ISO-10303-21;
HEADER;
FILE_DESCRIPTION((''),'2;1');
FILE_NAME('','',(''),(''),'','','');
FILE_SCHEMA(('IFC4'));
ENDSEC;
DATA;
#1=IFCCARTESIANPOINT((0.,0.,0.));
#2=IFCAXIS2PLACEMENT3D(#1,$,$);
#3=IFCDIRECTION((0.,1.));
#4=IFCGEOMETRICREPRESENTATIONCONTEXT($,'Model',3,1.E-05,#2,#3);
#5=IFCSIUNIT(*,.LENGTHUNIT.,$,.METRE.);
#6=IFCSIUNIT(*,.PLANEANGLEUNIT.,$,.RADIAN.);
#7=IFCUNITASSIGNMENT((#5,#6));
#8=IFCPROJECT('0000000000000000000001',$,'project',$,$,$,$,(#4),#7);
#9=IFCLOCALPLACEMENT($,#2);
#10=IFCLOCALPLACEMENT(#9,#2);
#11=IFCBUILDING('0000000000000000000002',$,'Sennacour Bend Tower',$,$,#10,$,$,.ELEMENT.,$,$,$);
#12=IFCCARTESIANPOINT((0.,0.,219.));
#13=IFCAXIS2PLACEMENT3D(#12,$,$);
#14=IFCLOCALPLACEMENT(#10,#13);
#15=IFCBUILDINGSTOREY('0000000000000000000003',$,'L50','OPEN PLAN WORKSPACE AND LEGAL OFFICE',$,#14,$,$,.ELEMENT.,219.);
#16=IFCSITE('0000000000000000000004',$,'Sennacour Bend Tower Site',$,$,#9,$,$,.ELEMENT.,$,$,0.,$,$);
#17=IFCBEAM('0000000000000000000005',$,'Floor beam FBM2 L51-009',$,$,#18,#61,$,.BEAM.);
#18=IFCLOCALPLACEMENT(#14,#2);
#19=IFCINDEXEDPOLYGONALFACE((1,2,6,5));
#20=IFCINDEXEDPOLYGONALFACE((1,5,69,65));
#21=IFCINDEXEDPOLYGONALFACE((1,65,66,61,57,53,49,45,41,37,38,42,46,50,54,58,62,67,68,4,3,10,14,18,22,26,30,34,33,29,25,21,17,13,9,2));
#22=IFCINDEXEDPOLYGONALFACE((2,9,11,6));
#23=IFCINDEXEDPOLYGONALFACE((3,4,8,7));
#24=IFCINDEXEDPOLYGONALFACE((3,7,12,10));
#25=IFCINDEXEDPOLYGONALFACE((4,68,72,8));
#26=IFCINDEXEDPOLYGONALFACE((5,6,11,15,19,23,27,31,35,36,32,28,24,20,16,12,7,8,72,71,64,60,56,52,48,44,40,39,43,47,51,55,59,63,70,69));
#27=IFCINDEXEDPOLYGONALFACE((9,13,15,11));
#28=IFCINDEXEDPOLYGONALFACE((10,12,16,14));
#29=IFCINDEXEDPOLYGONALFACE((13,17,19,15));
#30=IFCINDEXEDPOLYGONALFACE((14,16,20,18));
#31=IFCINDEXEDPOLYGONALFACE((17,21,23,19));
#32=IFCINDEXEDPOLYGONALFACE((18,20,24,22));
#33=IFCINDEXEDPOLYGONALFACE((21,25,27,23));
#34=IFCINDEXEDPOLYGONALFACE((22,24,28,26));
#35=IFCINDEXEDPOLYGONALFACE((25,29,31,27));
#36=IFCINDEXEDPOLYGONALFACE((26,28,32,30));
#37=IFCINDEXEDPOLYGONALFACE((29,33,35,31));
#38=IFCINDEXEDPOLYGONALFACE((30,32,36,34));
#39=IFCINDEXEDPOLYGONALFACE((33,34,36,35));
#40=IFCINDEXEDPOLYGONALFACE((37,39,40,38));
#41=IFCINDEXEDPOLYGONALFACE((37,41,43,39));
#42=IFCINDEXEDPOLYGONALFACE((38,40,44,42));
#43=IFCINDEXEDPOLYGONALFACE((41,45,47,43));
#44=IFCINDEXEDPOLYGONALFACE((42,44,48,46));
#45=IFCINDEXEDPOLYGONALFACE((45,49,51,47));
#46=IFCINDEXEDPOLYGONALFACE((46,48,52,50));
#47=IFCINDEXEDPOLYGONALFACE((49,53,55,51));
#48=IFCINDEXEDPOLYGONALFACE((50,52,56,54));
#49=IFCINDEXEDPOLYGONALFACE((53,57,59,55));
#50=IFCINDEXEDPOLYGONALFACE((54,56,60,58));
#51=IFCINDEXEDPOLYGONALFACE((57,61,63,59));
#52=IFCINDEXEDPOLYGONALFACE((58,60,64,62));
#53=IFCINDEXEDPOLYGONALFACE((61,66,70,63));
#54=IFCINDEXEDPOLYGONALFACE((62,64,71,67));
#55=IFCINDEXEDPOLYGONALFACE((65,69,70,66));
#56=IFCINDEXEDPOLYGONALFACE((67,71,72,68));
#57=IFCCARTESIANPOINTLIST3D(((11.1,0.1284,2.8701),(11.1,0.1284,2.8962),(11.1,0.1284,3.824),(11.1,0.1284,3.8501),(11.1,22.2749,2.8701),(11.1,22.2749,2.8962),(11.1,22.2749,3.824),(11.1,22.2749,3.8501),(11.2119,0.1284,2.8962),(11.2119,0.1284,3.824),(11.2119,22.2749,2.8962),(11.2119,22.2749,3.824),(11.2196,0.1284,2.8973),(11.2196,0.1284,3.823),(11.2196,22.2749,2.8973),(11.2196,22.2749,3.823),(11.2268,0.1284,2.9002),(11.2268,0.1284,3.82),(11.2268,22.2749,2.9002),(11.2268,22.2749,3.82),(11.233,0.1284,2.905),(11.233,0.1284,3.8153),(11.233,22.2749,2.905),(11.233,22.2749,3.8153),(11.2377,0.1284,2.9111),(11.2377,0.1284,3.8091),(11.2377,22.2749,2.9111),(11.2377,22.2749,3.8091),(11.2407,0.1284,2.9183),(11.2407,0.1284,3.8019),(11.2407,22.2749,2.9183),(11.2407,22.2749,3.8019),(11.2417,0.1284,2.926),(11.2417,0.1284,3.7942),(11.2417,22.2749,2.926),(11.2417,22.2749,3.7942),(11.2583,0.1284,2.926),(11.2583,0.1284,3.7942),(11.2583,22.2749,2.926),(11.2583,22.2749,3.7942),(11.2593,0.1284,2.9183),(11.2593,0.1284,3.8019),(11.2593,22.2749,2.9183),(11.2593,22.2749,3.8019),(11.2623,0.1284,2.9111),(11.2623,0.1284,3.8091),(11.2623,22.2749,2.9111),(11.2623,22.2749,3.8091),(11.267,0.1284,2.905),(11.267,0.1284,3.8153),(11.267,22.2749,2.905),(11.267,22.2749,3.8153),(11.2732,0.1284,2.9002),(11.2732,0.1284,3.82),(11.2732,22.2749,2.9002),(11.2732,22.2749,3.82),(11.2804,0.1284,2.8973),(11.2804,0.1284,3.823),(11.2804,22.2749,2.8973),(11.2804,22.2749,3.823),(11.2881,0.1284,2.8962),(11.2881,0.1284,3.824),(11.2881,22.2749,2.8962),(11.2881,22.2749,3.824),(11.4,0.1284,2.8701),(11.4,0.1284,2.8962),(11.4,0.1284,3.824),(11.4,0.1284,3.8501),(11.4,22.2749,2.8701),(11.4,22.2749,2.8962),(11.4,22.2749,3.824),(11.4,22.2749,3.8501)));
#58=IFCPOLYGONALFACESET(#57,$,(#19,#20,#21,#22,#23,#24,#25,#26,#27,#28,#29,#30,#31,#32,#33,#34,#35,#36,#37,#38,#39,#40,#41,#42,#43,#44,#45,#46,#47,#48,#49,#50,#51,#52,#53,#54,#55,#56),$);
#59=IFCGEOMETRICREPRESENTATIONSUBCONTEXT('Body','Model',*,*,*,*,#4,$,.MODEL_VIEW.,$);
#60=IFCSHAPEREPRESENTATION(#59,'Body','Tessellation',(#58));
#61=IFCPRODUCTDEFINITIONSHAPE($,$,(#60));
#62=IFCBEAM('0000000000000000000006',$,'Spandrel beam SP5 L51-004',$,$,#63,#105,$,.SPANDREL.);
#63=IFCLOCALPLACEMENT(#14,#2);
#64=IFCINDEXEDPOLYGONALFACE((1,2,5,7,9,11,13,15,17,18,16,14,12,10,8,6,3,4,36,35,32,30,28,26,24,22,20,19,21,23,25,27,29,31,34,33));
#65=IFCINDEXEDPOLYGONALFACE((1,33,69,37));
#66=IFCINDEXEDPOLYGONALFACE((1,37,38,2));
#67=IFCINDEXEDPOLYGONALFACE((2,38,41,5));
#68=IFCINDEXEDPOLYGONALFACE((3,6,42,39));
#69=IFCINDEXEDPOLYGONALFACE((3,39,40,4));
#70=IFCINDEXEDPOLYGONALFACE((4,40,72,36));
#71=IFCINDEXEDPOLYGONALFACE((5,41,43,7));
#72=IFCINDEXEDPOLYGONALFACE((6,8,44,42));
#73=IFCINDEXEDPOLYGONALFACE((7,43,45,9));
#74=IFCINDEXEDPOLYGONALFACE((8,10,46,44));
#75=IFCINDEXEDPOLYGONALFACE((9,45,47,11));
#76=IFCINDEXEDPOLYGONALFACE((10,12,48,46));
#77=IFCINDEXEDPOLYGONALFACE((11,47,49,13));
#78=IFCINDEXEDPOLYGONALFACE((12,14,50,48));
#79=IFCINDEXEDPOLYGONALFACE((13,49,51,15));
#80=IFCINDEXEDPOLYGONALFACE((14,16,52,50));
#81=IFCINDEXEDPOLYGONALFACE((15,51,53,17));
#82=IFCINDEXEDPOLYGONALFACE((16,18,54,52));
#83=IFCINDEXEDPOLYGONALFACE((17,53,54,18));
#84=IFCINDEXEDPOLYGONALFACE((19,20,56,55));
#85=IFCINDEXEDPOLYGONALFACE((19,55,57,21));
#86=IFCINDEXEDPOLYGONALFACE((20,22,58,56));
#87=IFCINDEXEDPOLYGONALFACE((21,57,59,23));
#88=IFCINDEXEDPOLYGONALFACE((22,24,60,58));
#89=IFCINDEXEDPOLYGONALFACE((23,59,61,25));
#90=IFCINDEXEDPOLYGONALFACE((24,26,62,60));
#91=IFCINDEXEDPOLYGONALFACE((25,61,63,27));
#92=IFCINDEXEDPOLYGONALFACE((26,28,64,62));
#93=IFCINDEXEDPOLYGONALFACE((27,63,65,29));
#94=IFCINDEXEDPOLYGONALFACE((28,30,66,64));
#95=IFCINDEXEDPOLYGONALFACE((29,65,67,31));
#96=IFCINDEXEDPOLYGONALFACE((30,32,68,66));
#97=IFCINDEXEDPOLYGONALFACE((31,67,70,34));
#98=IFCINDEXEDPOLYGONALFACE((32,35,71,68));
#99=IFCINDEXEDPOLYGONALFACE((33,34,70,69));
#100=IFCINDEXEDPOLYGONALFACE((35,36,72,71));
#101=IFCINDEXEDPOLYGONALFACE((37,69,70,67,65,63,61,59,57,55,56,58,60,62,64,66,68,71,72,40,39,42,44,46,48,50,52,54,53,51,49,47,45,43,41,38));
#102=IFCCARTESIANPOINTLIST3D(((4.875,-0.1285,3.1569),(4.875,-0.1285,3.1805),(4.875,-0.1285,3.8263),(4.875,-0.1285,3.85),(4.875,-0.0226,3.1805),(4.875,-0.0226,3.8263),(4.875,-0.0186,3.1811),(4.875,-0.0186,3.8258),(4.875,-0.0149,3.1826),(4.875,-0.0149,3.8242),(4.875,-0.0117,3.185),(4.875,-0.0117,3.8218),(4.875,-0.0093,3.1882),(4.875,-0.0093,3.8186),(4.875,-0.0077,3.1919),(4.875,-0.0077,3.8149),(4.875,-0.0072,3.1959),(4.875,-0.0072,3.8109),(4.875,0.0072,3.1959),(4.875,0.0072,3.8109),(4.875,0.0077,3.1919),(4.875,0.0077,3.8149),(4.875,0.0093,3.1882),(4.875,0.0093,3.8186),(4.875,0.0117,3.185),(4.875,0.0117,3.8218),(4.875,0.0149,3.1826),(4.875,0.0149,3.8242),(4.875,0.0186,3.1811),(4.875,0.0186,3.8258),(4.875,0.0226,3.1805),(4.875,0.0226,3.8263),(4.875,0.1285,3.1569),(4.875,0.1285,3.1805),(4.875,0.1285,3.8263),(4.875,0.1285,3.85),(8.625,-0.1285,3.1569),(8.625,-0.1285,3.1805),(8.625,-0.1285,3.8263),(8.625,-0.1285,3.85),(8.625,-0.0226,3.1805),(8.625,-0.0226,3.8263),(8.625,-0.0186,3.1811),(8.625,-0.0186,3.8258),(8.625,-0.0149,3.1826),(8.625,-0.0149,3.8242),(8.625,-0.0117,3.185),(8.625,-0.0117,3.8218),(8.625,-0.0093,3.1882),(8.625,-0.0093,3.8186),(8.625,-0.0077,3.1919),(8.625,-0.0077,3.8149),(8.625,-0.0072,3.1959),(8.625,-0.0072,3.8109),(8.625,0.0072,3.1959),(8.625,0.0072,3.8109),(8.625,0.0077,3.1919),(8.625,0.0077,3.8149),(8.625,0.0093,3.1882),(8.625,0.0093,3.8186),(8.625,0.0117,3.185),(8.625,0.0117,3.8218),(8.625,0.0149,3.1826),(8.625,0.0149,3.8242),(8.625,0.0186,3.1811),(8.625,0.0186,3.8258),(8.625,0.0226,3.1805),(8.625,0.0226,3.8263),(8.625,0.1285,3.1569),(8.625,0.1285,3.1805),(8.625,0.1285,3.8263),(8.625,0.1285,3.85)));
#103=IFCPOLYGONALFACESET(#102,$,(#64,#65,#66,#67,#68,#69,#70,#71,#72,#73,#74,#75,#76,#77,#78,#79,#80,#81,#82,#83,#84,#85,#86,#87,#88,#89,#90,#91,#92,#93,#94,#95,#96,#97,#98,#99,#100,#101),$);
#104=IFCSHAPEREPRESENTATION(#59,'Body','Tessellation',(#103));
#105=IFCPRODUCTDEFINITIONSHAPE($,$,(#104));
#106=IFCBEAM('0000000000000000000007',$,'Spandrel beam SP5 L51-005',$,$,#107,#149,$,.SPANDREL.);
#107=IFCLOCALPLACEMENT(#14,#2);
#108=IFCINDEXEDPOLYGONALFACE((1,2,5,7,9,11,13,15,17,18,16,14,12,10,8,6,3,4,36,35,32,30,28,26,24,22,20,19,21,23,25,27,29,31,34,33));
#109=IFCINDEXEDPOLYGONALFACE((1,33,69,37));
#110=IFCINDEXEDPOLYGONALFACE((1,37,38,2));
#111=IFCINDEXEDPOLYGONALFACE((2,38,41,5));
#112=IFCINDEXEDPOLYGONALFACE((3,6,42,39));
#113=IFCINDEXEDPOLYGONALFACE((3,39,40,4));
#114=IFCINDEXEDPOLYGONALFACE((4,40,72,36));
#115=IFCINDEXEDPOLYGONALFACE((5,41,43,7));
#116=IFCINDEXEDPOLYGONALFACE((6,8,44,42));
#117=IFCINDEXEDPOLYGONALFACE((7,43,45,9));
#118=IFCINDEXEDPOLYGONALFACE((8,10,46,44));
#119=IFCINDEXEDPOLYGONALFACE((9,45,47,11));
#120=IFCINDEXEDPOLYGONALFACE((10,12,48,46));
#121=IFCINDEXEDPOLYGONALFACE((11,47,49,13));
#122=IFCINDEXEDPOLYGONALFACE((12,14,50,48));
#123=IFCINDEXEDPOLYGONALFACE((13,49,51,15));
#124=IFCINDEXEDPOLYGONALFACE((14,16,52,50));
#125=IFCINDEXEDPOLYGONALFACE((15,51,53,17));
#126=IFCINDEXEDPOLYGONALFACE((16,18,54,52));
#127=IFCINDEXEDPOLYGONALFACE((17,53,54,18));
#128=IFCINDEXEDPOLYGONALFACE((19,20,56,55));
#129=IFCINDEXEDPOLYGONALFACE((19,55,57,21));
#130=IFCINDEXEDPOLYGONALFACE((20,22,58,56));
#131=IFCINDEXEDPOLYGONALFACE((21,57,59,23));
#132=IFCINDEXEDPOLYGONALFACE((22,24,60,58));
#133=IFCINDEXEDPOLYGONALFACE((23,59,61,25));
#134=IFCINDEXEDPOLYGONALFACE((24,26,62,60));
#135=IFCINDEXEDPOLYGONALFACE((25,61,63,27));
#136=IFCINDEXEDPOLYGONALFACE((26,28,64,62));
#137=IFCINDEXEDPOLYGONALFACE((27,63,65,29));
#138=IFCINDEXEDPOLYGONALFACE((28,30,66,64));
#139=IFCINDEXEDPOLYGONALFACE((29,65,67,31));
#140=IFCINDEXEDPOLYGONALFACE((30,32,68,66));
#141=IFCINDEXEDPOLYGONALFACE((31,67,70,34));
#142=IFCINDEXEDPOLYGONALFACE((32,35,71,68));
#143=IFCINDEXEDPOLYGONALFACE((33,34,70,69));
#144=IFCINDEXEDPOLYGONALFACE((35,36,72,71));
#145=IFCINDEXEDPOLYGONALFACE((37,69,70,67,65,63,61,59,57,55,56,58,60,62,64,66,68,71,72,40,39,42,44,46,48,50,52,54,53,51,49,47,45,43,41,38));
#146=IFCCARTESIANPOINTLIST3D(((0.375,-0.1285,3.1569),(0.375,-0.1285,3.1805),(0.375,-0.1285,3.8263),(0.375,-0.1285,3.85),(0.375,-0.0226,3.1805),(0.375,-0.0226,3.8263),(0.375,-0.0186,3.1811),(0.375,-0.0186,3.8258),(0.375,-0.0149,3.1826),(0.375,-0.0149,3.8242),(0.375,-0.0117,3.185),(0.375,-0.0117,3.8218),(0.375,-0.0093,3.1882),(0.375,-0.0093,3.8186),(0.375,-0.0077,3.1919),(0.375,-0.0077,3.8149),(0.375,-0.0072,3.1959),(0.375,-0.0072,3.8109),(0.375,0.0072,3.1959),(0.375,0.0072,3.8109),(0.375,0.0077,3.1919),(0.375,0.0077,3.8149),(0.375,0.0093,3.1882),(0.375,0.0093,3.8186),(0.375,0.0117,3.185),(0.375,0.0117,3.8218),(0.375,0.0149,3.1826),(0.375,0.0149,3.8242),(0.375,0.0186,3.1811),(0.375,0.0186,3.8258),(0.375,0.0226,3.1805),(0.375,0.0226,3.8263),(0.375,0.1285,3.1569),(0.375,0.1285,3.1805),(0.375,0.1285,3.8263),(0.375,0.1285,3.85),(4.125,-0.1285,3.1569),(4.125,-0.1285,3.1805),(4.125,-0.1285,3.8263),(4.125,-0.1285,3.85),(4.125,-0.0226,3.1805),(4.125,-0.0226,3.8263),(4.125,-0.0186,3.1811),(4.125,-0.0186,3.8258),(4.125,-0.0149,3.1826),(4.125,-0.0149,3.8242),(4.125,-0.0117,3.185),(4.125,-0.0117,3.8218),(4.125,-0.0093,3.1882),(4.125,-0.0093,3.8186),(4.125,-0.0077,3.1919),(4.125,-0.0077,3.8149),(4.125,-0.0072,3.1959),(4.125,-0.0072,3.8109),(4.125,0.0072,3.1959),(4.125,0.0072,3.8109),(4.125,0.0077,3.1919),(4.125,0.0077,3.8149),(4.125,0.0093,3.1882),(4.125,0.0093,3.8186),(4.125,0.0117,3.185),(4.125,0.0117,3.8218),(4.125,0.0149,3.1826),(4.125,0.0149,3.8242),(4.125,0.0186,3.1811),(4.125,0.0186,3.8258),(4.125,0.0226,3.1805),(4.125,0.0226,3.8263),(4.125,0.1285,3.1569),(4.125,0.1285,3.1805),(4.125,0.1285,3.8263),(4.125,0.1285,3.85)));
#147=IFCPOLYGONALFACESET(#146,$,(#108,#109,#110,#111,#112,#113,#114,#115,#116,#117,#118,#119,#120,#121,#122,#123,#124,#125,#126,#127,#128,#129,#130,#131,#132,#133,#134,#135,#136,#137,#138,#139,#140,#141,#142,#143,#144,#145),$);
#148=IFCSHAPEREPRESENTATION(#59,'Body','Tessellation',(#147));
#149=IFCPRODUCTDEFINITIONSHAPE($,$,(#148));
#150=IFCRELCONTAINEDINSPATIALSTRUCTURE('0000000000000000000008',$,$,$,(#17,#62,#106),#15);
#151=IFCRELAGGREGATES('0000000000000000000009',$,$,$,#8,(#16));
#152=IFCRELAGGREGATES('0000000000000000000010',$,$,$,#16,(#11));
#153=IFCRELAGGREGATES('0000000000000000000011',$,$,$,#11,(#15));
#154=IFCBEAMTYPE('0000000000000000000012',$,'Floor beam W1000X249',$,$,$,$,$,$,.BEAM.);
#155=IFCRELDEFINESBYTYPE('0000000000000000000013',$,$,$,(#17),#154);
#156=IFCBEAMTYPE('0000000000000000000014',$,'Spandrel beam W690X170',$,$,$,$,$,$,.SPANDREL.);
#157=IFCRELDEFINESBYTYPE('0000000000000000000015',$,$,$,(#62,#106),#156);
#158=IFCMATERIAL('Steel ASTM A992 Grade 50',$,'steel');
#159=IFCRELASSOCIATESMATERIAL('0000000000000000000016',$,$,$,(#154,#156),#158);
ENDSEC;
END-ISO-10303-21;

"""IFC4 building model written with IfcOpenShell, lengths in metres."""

from ifc_helpers import new_model, si_unit, direction, frame, origin, origin_2d, place, context, subcontext, project, spatial, i_section, extrude, material, material_profile, profile_set, type_object, element, save


model = new_model("IFC4")

# Units and contexts
model_context = context("Model", 3, precision=1e-05, world=origin(), true_north=direction((0.0, 1.0)))
body_context = subcontext(model_context, "Body", "Model", "MODEL_VIEW")
ifc_project = project(units=[si_unit("LENGTHUNIT", "METRE"), si_unit("PLANEANGLEUNIT", "RADIAN")], contexts=[model_context])

# Site, building, storey
site_placement = place(None, origin())
site = spatial("IfcSite", under=ifc_project, at=site_placement, Name="Sennacour Bend Tower Site", CompositionType="ELEMENT", RefElevation=0.0)
building_placement = place(site_placement, origin())
building = spatial("IfcBuilding", under=site, at=building_placement, Name="Sennacour Bend Tower", CompositionType="ELEMENT")
storey_placement = place(building_placement, frame((0.0, 0.0, 219.0)))
storey = spatial("IfcBuildingStorey", under=building, at=storey_placement, Name="L50", Description="OPEN PLAN WORKSPACE AND LEGAL OFFICE", CompositionType="ELEMENT", Elevation=219.0)

# Beams
ifc_material_1 = material(Name="Steel ASTM A992 Grade 50", Category="steel")
ifc_material_profile_1 = material_profile(ifc_material_1, i_section(OverallWidth=0.3, OverallDepth=0.98, WebThickness=0.0166, FlangeThickness=0.0261, FilletRadius=0.0298, at=origin_2d()), Name="Steel ASTM A992 Grade 50", Category="steel")
ifc_profile_set_1 = profile_set([ifc_material_profile_1], Name="Steel ASTM A992 Grade 50")
beam_type_1 = type_object("IfcBeamType", Name="Floor beam W1000X249", PredefinedType="BEAM", material=ifc_profile_set_1)
beam_placement = place(storey_placement, frame((11.25, 0.1284, 3.3601), z_axis=(0.0, 1.0, 0.0), x_axis=(-1.0, 0.0, 0.0)))
element("IfcBeam", 1, at=beam_placement, inside=storey, type_object=beam_type_1, Name="Floor beam FBM2 L51-009", PredefinedType="BEAM", context=body_context, shape_type="SweptSolid", body=[
    extrude(i_section(OverallWidth=0.3, OverallDepth=0.98, WebThickness=0.0166, FlangeThickness=0.0261, FilletRadius=0.0298, at=origin_2d()), origin(), (0.0, 0.0, 1.0), 22.1465),
])
ifc_material_profile_2 = material_profile(ifc_material_1, i_section(OverallWidth=0.2571, OverallDepth=0.6931, WebThickness=0.0144, FlangeThickness=0.0237, FilletRadius=0.0154, at=origin_2d()), Name="Steel ASTM A992 Grade 50", Category="steel")
ifc_profile_set_2 = profile_set([ifc_material_profile_2], Name="Steel ASTM A992 Grade 50")
beam_type_2 = type_object("IfcBeamType", Name="Spandrel beam W690X170", PredefinedType="SPANDREL", material=ifc_profile_set_2)
for number, where, z_axis, x_axis, name in (
    (2, (8.625, 0.0, 3.5034), (-1.0, 0.0, 0.0), (0.0, -1.0, 0.0), "Spandrel beam SP5 L51-004"),
    (3, (4.125, 0.0, 3.5034), (-1.0, 0.0, 0.0), (0.0, -1.0, 0.0), "Spandrel beam SP5 L51-005"),
):
    element("IfcBeam", number, at=place(storey_placement, frame(where, z_axis=z_axis, x_axis=x_axis)), inside=storey, type_object=beam_type_2, Name=name, PredefinedType="SPANDREL", context=body_context, shape_type="SweptSolid", body=[
        extrude(i_section(OverallWidth=0.2571, OverallDepth=0.6931, WebThickness=0.0144, FlangeThickness=0.0237, FilletRadius=0.0154, at=origin_2d()), origin(), (0.0, 0.0, 1.0), 3.75),
    ])

save(model, "model.ifc")
